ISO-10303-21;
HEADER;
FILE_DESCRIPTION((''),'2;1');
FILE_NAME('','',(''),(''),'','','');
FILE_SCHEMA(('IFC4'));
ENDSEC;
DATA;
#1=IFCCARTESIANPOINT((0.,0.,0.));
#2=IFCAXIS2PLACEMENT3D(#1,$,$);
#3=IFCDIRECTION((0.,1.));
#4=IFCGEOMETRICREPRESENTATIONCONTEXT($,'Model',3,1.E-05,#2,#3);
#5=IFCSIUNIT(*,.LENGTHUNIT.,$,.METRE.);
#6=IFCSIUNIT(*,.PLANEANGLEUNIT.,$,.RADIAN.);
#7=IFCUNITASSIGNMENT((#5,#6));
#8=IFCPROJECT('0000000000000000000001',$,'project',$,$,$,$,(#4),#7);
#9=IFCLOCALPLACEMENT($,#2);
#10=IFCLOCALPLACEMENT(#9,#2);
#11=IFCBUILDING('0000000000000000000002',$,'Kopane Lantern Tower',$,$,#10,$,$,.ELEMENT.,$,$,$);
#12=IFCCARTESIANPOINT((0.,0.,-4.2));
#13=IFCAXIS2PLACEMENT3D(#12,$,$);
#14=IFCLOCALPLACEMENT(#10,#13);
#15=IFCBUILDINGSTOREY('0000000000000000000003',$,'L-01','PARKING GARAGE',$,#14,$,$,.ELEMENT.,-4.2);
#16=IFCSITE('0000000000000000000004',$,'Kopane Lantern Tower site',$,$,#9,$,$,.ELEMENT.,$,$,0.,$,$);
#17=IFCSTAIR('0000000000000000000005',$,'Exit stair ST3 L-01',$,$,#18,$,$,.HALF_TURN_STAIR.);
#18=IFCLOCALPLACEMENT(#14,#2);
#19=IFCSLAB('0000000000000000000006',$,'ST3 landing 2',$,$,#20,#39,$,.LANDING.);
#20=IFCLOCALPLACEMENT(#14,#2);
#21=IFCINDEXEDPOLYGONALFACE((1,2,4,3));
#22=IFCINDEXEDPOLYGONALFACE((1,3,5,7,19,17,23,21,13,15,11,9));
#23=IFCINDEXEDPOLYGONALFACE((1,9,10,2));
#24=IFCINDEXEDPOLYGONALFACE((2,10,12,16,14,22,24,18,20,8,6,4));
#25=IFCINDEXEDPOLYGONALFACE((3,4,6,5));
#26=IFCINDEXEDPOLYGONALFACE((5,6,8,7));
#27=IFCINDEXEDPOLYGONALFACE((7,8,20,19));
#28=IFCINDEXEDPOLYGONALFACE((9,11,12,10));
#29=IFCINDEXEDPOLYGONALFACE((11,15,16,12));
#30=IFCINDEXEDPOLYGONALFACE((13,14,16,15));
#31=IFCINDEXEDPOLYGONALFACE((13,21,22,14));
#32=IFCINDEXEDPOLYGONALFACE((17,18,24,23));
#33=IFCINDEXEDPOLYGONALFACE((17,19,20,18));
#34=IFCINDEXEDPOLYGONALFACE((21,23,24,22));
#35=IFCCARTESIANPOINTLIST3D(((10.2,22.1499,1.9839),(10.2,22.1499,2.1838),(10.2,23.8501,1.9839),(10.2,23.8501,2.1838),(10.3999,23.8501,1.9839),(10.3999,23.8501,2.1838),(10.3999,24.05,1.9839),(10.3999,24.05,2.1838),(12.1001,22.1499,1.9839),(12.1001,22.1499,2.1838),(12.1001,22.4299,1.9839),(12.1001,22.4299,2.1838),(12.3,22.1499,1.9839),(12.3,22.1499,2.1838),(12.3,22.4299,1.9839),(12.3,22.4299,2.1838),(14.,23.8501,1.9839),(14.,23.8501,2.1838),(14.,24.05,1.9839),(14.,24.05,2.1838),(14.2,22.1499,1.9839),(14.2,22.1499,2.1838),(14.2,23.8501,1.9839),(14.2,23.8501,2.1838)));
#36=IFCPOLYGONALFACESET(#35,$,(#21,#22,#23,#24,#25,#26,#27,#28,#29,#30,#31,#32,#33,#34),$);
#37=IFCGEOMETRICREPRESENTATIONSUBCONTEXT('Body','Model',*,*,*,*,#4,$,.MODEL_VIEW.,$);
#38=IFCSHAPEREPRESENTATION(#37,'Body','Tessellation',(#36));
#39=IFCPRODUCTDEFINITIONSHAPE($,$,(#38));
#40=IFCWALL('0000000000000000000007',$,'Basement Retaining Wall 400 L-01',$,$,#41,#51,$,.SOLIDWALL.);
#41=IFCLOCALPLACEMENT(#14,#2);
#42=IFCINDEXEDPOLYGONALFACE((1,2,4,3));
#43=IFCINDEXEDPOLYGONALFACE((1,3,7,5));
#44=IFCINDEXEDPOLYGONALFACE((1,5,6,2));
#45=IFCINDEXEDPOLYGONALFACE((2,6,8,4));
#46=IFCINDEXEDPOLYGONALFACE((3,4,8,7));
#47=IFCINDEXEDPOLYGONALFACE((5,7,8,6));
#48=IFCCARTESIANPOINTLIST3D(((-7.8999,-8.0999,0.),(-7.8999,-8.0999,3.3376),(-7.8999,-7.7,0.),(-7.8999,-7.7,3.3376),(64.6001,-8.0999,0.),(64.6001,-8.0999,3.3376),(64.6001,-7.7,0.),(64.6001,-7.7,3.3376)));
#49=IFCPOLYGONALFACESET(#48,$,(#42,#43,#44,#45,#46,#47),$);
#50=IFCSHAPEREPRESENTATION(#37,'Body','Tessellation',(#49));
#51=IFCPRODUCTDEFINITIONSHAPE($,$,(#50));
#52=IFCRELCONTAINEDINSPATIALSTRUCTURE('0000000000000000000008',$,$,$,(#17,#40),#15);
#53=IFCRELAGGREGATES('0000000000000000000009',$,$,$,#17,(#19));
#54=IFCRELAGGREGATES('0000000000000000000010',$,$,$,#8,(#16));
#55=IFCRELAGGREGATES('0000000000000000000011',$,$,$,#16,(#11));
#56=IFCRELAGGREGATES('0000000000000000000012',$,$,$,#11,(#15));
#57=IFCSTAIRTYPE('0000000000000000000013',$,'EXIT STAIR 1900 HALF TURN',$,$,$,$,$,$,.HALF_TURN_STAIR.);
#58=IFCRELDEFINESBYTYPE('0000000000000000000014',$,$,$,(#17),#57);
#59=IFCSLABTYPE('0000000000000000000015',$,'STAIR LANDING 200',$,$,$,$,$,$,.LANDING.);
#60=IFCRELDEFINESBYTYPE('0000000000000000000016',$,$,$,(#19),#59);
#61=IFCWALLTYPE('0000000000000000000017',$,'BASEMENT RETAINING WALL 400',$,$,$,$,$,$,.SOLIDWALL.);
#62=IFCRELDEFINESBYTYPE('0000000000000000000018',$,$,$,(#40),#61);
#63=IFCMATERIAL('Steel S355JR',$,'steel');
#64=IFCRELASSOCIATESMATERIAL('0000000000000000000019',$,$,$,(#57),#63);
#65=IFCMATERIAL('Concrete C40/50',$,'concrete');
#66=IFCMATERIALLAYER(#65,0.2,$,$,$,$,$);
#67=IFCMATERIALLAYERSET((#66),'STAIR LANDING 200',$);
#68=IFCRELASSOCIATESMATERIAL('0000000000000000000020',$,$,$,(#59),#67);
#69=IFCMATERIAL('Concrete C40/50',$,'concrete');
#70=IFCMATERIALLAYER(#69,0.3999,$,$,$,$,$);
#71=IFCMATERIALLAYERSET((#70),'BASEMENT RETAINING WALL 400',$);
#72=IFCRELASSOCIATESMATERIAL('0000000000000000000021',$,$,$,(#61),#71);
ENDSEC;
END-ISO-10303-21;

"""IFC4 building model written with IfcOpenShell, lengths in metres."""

from ifc_helpers import new_model, si_unit, direction, frame, frame_2d, origin, place, context, subcontext, project, spatial, polyline, rectangle, outline, extrude, material, layer, layer_set, type_object, element, aggregate, save


model = new_model("IFC4")

# Units and contexts
model_context = context("Model", 3, precision=1e-05, world=origin(), true_north=direction((0.0, 1.0)))
body_context = subcontext(model_context, "Body", "Model", "MODEL_VIEW")
ifc_project = project(units=[si_unit("LENGTHUNIT", "METRE"), si_unit("PLANEANGLEUNIT", "RADIAN")], contexts=[model_context])

# Site, building, storey
site_placement = place(None, origin())
site = spatial("IfcSite", under=ifc_project, at=site_placement, Name="Kopane Lantern Tower site", CompositionType="ELEMENT", RefElevation=0.0)
building_placement = place(site_placement, origin())
building = spatial("IfcBuilding", under=site, at=building_placement, Name="Kopane Lantern Tower", CompositionType="ELEMENT")
storey_placement = place(building_placement, frame((0.0, 0.0, -4.2)))
storey = spatial("IfcBuildingStorey", under=building, at=storey_placement, Name="L-01", Description="PARKING GARAGE", CompositionType="ELEMENT", Elevation=-4.2)

# Stair, slab
ifc_material_1 = material(Name="Steel S355JR", Category="steel")
stair_type = type_object("IfcStairType", Name="EXIT STAIR 1900 HALF TURN", PredefinedType="HALF_TURN_STAIR", material=ifc_material_1)
ifc_material_2 = material(Name="Concrete C40/50", Category="concrete")
ifc_layer_1 = layer(ifc_material_2, 0.2)
ifc_layer_set_1 = layer_set([ifc_layer_1], Name="STAIR LANDING 200")
slab_type_1 = type_object("IfcSlabType", Name="STAIR LANDING 200", PredefinedType="LANDING", material=ifc_layer_set_1)
stair_1_placement = place(storey_placement, origin())
stair_1 = element("IfcStair", 1, at=stair_1_placement, inside=storey, type_object=stair_type, Name="Exit stair ST3 L-01", PredefinedType="HALF_TURN_STAIR")
slab_1_placement = place(storey_placement, frame((0.0, 0.0, 1.9839)))
slab_1 = element("IfcSlab", 2, at=slab_1_placement, type_object=slab_type_1, Name="ST3 landing 2", PredefinedType="LANDING", context=body_context, shape_type="SweptSolid", body=[
    extrude(outline(polyline([(10.3999, 23.8501), (10.2, 23.8501), (10.2, 22.1499), (12.1001, 22.1499), (12.1001, 22.4299), (12.3, 22.4299), (12.3, 22.1499), (14.2, 22.1499), (14.2, 23.8501), (14.0, 23.8501), (14.0, 24.05), (10.3999, 24.05), (10.3999, 23.8501)])), origin(), (0.0, 0.0, 1.0), 0.2),
])
aggregate(stair_1, [slab_1])

# Wall
ifc_material_3 = material(Name="Concrete C40/50", Category="concrete")
ifc_layer_2 = layer(ifc_material_3, 0.3999)
ifc_layer_set_2 = layer_set([ifc_layer_2], Name="BASEMENT RETAINING WALL 400")
wall_type = type_object("IfcWallType", Name="BASEMENT RETAINING WALL 400", PredefinedType="SOLIDWALL", material=ifc_layer_set_2)
wall_placement = place(storey_placement, frame((-7.8999, -7.8999, 0.0), z_axis=(0.0, 0.0, 1.0), x_axis=(1.0, 0.0, 0.0)))
element("IfcWall", 3, at=wall_placement, inside=storey, type_object=wall_type, Name="Basement Retaining Wall 400 L-01", PredefinedType="SOLIDWALL", context=body_context, shape_type="SweptSolid", body=[
    extrude(rectangle(XDim=72.5, YDim=0.3999, at=frame_2d((36.25, 0.0))), origin(), (0.0, 0.0, 1.0), 3.3376),
])

save(model, "model.ifc")
